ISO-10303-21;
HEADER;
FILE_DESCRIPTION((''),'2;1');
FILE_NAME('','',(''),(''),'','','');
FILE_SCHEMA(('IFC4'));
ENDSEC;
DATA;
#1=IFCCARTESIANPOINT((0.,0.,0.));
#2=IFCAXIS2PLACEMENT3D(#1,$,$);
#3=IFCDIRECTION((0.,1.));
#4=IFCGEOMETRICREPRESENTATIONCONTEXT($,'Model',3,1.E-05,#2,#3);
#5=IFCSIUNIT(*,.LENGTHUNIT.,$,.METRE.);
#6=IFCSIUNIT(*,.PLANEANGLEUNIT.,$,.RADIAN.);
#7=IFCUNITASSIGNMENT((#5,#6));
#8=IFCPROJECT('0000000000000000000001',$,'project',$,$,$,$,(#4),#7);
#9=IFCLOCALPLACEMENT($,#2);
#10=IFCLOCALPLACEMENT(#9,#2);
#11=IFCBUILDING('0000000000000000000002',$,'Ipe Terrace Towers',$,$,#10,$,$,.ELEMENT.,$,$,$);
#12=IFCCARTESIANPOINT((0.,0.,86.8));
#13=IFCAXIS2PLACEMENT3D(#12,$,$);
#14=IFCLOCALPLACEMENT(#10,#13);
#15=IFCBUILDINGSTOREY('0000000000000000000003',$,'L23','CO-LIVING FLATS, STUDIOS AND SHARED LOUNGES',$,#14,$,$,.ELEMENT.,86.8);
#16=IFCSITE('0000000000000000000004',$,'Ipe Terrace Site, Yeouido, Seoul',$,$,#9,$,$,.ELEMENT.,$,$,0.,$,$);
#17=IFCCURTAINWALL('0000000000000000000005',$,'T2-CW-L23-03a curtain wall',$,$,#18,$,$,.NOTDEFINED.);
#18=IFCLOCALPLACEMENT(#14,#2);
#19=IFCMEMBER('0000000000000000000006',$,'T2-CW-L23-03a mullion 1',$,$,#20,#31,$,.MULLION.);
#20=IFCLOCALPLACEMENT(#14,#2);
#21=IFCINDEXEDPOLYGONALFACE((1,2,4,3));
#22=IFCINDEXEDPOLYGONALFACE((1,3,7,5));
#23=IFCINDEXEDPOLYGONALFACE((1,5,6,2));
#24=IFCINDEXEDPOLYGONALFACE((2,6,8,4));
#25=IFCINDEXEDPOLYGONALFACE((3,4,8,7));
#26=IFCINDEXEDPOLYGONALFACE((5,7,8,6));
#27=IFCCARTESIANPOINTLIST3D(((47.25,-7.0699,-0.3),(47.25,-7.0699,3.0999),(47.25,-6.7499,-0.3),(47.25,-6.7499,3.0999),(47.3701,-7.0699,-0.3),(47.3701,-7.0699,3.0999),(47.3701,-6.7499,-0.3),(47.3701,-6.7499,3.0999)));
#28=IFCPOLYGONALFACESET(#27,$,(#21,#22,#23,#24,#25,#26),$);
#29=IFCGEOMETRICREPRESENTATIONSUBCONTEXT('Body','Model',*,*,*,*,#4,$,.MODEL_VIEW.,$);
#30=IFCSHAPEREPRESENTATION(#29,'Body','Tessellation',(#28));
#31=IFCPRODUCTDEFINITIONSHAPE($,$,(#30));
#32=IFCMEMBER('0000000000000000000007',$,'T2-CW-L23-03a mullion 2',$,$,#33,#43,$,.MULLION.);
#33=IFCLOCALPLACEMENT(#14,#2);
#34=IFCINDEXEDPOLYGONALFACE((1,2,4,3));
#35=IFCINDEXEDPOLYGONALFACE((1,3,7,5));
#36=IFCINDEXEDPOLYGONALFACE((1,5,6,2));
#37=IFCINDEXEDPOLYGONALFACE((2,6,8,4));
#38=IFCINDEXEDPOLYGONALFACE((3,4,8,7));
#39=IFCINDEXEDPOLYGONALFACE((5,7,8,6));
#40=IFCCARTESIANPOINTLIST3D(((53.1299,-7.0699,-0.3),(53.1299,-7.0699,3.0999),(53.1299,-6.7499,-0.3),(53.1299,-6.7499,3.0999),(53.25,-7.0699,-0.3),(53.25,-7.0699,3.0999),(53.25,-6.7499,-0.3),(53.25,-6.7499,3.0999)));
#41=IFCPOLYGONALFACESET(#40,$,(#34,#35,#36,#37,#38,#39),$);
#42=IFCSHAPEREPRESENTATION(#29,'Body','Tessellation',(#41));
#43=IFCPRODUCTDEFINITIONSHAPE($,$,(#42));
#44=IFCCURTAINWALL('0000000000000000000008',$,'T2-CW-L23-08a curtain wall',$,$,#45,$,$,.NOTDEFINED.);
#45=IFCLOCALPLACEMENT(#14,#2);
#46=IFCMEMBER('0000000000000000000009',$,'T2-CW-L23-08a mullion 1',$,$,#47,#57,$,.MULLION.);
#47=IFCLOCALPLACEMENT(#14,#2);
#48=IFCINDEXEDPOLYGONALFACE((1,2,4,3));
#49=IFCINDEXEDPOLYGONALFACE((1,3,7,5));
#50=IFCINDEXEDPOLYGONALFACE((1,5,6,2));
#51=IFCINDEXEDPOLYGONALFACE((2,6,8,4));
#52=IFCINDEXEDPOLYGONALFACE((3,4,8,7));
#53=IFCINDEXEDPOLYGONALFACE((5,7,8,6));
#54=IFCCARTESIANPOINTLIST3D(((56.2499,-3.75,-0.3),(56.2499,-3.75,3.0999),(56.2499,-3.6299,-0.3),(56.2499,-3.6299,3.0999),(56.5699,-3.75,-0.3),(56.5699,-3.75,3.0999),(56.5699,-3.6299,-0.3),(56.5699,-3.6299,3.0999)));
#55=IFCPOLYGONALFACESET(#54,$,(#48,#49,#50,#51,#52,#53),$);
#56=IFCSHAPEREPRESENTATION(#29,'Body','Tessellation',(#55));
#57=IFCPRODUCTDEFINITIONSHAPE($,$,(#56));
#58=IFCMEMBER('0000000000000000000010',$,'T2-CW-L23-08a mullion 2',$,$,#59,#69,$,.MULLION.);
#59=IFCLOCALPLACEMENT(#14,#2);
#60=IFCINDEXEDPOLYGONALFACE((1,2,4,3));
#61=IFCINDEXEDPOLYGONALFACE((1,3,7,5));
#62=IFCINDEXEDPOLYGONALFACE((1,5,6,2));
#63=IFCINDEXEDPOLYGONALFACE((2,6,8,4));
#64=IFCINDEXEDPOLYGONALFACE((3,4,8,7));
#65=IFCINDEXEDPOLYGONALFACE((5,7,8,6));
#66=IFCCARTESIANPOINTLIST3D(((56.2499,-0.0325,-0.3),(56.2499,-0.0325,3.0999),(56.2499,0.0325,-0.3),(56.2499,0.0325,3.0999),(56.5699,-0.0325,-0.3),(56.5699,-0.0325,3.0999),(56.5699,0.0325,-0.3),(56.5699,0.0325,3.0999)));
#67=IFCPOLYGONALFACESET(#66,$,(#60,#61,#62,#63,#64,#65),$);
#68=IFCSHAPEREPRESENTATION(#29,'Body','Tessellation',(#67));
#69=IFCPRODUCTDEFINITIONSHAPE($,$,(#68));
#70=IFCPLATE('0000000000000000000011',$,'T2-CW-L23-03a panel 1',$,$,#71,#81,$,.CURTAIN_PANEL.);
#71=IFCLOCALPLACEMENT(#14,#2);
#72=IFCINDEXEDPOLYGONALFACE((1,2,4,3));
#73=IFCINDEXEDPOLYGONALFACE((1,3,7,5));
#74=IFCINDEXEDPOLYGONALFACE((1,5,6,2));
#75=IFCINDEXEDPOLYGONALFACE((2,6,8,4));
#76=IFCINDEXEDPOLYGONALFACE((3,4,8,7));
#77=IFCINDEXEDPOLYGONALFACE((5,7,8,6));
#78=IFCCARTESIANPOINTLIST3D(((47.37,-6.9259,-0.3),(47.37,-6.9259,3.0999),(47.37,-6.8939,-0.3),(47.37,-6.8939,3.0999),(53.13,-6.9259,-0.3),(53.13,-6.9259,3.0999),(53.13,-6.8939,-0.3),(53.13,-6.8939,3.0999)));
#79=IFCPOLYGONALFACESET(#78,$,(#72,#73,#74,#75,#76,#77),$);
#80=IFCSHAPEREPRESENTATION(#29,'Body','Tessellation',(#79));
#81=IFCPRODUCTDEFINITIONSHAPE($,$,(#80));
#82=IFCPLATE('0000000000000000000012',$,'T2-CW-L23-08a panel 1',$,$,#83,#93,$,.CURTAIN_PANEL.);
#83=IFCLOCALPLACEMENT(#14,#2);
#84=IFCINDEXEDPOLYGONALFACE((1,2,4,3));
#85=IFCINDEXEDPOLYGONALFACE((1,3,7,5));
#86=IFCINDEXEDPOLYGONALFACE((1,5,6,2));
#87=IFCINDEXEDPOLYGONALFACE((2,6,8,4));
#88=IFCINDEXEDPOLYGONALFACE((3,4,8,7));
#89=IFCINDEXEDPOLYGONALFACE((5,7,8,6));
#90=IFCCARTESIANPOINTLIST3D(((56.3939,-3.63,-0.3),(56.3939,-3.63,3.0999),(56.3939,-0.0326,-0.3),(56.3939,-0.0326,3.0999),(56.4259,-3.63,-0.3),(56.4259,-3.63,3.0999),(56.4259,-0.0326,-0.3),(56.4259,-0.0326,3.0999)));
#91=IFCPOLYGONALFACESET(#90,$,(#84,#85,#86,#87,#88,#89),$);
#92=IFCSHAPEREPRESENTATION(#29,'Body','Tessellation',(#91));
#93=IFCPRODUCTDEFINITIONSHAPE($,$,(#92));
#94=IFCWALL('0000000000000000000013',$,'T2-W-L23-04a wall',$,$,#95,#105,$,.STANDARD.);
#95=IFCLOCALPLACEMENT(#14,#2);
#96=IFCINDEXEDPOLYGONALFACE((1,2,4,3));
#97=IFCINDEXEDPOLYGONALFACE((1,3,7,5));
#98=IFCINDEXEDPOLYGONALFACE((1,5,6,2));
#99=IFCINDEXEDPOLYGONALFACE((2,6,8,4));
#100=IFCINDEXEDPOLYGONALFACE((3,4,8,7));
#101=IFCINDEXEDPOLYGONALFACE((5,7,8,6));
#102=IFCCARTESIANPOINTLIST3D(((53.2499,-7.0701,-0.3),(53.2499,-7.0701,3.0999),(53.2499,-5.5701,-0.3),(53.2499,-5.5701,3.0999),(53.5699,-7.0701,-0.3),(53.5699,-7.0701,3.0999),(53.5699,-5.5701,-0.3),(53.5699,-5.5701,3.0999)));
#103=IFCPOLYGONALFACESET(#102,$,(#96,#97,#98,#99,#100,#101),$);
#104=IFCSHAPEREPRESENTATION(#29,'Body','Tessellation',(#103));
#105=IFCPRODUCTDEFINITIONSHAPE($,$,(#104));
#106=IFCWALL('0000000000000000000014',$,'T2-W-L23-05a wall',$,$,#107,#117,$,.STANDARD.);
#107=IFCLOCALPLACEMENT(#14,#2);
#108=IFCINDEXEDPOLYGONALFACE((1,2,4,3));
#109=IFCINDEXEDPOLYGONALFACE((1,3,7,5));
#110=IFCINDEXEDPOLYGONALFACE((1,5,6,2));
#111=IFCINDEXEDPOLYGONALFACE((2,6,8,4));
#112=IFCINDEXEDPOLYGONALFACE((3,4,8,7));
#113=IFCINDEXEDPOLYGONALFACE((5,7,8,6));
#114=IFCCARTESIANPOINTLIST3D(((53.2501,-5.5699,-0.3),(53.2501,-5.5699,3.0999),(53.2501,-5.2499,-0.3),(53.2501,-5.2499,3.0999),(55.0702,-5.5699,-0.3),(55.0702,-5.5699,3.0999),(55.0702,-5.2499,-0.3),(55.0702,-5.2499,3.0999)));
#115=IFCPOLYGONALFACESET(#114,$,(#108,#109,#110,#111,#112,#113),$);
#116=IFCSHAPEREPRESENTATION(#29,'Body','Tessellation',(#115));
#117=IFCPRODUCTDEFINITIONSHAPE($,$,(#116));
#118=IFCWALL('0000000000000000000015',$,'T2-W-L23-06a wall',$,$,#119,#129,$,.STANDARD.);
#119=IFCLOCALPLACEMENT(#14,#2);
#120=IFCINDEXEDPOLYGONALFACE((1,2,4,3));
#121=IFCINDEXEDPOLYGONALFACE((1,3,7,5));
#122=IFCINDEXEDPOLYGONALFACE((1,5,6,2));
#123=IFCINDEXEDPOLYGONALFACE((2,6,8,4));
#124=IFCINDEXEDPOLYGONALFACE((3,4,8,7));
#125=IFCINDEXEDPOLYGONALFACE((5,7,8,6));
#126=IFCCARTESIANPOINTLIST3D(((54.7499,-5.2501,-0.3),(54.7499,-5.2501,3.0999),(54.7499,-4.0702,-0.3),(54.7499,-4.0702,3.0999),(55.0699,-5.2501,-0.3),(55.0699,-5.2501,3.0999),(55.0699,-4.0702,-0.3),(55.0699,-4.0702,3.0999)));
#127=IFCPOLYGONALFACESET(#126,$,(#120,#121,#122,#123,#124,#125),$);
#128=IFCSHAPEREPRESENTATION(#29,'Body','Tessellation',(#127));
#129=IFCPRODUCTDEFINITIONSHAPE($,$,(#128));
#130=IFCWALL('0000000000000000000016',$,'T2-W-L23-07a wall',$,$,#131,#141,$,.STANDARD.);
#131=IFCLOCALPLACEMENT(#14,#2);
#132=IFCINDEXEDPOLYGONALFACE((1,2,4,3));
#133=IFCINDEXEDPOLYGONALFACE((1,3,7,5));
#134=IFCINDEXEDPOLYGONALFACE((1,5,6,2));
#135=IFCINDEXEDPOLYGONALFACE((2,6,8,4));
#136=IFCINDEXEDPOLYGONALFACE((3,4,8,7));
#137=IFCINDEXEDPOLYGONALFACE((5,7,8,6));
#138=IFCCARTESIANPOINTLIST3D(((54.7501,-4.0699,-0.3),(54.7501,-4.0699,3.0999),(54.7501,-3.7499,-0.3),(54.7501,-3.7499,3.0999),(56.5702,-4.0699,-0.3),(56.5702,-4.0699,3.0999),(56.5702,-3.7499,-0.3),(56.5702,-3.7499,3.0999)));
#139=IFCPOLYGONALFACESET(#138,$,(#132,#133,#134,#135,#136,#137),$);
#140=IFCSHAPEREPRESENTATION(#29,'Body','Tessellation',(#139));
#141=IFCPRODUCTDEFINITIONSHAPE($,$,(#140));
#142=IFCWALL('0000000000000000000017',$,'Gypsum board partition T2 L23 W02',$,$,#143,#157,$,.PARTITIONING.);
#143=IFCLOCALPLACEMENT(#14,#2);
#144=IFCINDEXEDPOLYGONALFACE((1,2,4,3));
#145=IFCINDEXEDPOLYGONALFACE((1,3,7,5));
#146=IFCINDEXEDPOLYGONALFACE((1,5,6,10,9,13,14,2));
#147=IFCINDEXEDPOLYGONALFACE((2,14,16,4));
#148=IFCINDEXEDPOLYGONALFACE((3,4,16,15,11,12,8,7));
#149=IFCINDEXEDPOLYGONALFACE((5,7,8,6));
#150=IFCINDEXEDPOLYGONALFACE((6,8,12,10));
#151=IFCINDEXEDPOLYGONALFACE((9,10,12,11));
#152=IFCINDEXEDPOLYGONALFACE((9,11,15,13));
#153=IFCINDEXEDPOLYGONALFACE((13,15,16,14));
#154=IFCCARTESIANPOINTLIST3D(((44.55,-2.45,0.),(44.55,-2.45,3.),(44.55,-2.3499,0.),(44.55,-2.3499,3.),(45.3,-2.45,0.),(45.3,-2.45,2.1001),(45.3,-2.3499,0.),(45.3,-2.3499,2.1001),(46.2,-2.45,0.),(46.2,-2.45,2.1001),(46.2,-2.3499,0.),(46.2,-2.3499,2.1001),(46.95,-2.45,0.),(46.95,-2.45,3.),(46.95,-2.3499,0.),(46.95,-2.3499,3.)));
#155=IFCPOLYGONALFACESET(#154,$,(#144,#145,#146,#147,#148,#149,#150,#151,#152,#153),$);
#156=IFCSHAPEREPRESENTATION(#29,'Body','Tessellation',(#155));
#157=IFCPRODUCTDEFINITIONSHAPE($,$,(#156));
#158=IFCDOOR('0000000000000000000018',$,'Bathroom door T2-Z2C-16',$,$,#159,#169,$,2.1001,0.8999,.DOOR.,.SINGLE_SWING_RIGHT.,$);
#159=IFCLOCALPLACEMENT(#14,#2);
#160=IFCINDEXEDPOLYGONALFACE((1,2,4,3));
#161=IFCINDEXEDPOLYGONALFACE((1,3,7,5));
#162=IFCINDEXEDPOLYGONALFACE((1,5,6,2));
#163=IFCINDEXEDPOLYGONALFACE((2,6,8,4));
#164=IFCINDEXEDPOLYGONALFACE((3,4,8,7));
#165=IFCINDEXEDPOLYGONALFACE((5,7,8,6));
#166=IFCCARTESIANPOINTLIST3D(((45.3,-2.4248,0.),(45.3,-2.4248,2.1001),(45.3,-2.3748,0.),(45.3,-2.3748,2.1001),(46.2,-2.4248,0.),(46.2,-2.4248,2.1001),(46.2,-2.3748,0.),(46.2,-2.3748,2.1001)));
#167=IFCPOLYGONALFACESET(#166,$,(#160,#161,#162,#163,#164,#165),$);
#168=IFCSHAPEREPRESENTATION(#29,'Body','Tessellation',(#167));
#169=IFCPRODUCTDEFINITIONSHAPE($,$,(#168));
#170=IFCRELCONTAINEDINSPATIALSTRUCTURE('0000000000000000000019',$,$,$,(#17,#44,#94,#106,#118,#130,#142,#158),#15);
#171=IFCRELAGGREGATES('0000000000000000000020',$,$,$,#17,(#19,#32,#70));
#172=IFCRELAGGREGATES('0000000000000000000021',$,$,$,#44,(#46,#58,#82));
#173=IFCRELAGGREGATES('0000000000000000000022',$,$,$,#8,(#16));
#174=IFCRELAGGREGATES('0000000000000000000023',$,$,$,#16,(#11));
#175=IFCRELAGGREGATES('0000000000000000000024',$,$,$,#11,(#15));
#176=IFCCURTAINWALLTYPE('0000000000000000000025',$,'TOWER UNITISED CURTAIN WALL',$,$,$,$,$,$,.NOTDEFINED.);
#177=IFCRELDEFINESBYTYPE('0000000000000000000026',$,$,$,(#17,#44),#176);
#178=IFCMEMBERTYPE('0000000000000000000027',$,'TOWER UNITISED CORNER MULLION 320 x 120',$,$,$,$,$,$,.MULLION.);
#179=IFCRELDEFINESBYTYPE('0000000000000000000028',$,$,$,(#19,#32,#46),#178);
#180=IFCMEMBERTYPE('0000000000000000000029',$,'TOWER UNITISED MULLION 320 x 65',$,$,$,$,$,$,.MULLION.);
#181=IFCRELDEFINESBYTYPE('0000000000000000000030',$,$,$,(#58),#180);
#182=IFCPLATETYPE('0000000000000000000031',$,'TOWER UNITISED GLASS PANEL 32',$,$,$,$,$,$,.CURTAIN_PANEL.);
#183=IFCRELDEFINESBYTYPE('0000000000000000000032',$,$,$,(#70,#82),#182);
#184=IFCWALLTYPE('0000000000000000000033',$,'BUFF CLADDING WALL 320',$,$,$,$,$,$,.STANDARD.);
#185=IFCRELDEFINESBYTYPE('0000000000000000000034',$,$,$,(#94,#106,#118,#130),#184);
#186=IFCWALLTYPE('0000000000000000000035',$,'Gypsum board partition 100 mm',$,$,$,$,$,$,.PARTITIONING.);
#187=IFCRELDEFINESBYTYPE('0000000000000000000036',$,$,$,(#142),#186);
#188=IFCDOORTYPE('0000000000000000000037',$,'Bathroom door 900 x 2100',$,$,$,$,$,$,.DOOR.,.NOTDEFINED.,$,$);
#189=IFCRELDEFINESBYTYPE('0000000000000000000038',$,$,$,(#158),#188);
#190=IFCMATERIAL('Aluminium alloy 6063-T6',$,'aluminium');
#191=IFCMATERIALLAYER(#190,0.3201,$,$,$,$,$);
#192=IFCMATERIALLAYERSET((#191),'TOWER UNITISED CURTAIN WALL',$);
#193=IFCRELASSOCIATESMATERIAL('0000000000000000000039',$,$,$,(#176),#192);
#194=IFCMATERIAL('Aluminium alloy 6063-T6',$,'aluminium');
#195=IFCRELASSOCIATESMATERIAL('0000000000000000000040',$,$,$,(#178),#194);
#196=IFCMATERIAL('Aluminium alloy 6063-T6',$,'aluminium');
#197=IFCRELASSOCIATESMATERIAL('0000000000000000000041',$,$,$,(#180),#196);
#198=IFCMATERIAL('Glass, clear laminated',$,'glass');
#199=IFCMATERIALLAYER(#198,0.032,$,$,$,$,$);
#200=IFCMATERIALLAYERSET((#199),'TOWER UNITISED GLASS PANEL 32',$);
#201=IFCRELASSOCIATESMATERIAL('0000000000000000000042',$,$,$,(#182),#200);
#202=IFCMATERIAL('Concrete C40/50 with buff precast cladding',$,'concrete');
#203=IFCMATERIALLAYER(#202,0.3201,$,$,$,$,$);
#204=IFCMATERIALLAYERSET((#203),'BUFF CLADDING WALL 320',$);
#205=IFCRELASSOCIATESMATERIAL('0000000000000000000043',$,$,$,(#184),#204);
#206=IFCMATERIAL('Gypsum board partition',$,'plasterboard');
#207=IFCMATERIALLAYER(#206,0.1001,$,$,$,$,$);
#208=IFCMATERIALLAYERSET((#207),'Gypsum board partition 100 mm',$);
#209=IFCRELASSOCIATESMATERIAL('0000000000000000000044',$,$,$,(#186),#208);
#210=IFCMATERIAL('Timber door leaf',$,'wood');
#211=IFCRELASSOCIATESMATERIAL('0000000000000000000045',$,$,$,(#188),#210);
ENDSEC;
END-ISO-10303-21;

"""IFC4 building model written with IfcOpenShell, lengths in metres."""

from ifc_helpers import new_model, si_unit, direction, frame, frame_2d, origin, origin_2d, place, context, subcontext, project, spatial, rectangle, extrude, material, layer, layer_set, material_profile, profile_set, type_object, element, fill, aggregate, save


model = new_model("IFC4")

# Units and contexts
model_context = context("Model", 3, precision=1e-05, world=origin(), true_north=direction((0.0, 1.0)))
body_context = subcontext(model_context, "Body", "Model", "MODEL_VIEW")
ifc_project = project(units=[si_unit("LENGTHUNIT", "METRE"), si_unit("PLANEANGLEUNIT", "RADIAN")], contexts=[model_context])

# Site, building, storey
site_placement = place(None, origin())
site = spatial("IfcSite", under=ifc_project, at=site_placement, Name="Ipe Terrace Site, Yeouido, Seoul", CompositionType="ELEMENT", RefElevation=0.0)
building_placement = place(site_placement, origin())
building = spatial("IfcBuilding", under=site, at=building_placement, Name="Ipe Terrace Towers", CompositionType="ELEMENT")
storey_placement = place(building_placement, frame((0.0, 0.0, 86.8)))
storey = spatial("IfcBuildingStorey", under=building, at=storey_placement, Name="L23", Description="CO-LIVING FLATS, STUDIOS AND SHARED LOUNGES", CompositionType="ELEMENT", Elevation=86.8)

# Shared definitions
ifc_material_1 = material(Name="Aluminium alloy 6063-T6", Category="aluminium")
ifc_layer_1 = layer(ifc_material_1, 0.3201)
ifc_layer_set_1 = layer_set([ifc_layer_1], Name="TOWER UNITISED CURTAIN WALL")
curtain_wall_type = type_object("IfcCurtainWallType", Name="TOWER UNITISED CURTAIN WALL", PredefinedType="NOTDEFINED", material=ifc_layer_set_1)
ifc_material_2 = material(Name="Aluminium alloy 6063-T6", Category="aluminium")
ifc_material_profile_1 = material_profile(ifc_material_2, rectangle(XDim=0.3201, YDim=0.1201, at=origin_2d()), Name="TOWER UNITISED CORNER MULLION 320 x 120")
ifc_profile_set_1 = profile_set([ifc_material_profile_1], Name="Aluminium alloy 6063-T6")
member_type_1 = type_object("IfcMemberType", Name="TOWER UNITISED CORNER MULLION 320 x 120", PredefinedType="MULLION", material=ifc_profile_set_1)

# Curtain walls, members
curtain_wall_1_placement = place(storey_placement, origin())
curtain_wall_1 = element("IfcCurtainWall", 1, at=curtain_wall_1_placement, inside=storey, type_object=curtain_wall_type, Name="T2-CW-L23-03a curtain wall", PredefinedType="NOTDEFINED")
member_1_placement = place(storey_placement, frame((47.3101, -6.9099, -0.3), z_axis=(0.0, 0.0, 1.0), x_axis=(0.0, -1.0, 0.0)))
member_1 = element("IfcMember", 2, at=member_1_placement, type_object=member_type_1, Name="T2-CW-L23-03a mullion 1", PredefinedType="MULLION", context=body_context, shape_type="SweptSolid", body=[
    extrude(rectangle(XDim=0.3201, YDim=0.1201, at=origin_2d()), origin(), (0.0, 0.0, 1.0), 3.3999),
])
member_2_placement = place(storey_placement, frame((53.1899, -6.9099, -0.3), z_axis=(0.0, 0.0, 1.0), x_axis=(0.0, -1.0, 0.0)))
member_2 = element("IfcMember", 3, at=member_2_placement, type_object=member_type_1, Name="T2-CW-L23-03a mullion 2", PredefinedType="MULLION", context=body_context, shape_type="SweptSolid", body=[
    extrude(rectangle(XDim=0.3201, YDim=0.1201, at=origin_2d()), origin(), (0.0, 0.0, 1.0), 3.3999),
])
curtain_wall_2_placement = place(storey_placement, origin())
curtain_wall_2 = element("IfcCurtainWall", 4, at=curtain_wall_2_placement, inside=storey, type_object=curtain_wall_type, Name="T2-CW-L23-08a curtain wall", PredefinedType="NOTDEFINED")
member_3_placement = place(storey_placement, frame((56.4099, -3.6899, -0.3), z_axis=(0.0, 0.0, 1.0), x_axis=(1.0, 0.0, 0.0)))
member_3 = element("IfcMember", 5, at=member_3_placement, type_object=member_type_1, Name="T2-CW-L23-08a mullion 1", PredefinedType="MULLION", context=body_context, shape_type="SweptSolid", body=[
    extrude(rectangle(XDim=0.3201, YDim=0.1201, at=origin_2d()), origin(), (0.0, 0.0, 1.0), 3.3999),
])
ifc_material_3 = material(Name="Aluminium alloy 6063-T6", Category="aluminium")
ifc_material_profile_2 = material_profile(ifc_material_3, rectangle(XDim=0.3201, YDim=0.0649, at=origin_2d()), Name="TOWER UNITISED MULLION 320 x 65")
ifc_profile_set_2 = profile_set([ifc_material_profile_2], Name="Aluminium alloy 6063-T6")
member_type_2 = type_object("IfcMemberType", Name="TOWER UNITISED MULLION 320 x 65", PredefinedType="MULLION", material=ifc_profile_set_2)
member_4_placement = place(storey_placement, frame((56.4099, 0.0, -0.3), z_axis=(0.0, 0.0, 1.0), x_axis=(1.0, 0.0, 0.0)))
member_4 = element("IfcMember", 6, at=member_4_placement, type_object=member_type_2, Name="T2-CW-L23-08a mullion 2", PredefinedType="MULLION", context=body_context, shape_type="SweptSolid", body=[
    extrude(rectangle(XDim=0.3201, YDim=0.0649, at=origin_2d()), origin(), (0.0, 0.0, 1.0), 3.3999),
])

# Plates
ifc_material_4 = material(Name="Glass, clear laminated", Category="glass")
ifc_layer_2 = layer(ifc_material_4, 0.032)
ifc_layer_set_2 = layer_set([ifc_layer_2], Name="TOWER UNITISED GLASS PANEL 32")
plate_type = type_object("IfcPlateType", Name="TOWER UNITISED GLASS PANEL 32", PredefinedType="CURTAIN_PANEL", material=ifc_layer_set_2)
plate_1_placement = place(storey_placement, frame((50.25, -6.9099, -0.3), z_axis=(0.0, 0.0, 1.0), x_axis=(1.0, 0.0, 0.0)))
plate_1 = element("IfcPlate", 7, at=plate_1_placement, type_object=plate_type, Name="T2-CW-L23-03a panel 1", PredefinedType="CURTAIN_PANEL", context=body_context, shape_type="SweptSolid", body=[
    extrude(rectangle(XDim=5.76, YDim=0.032, at=origin_2d()), origin(), (0.0, 0.0, 1.0), 3.3999),
])
aggregate(curtain_wall_1, [member_1, member_2, plate_1])
plate_2_placement = place(storey_placement, frame((56.4099, -1.8313, -0.3), z_axis=(0.0, 0.0, 1.0), x_axis=(0.0, 1.0, 0.0)))
plate_2 = element("IfcPlate", 8, at=plate_2_placement, type_object=plate_type, Name="T2-CW-L23-08a panel 1", PredefinedType="CURTAIN_PANEL", context=body_context, shape_type="SweptSolid", body=[
    extrude(rectangle(XDim=3.5974, YDim=0.032, at=origin_2d()), origin(), (0.0, 0.0, 1.0), 3.3999),
])
aggregate(curtain_wall_2, [member_3, member_4, plate_2])

# Walls
ifc_material_5 = material(Name="Concrete C40/50 with buff precast cladding", Category="concrete")
ifc_layer_3 = layer(ifc_material_5, 0.3201)
ifc_layer_set_3 = layer_set([ifc_layer_3], Name="BUFF CLADDING WALL 320")
wall_type_1 = type_object("IfcWallType", Name="BUFF CLADDING WALL 320", PredefinedType="STANDARD", material=ifc_layer_set_3)
wall_1_placement = place(storey_placement, frame((53.4099, -7.0701, -0.3), z_axis=(0.0, 0.0, 1.0), x_axis=(0.0, 1.0, 0.0)))
element("IfcWall", 9, at=wall_1_placement, inside=storey, type_object=wall_type_1, Name="T2-W-L23-04a wall", PredefinedType="STANDARD", context=body_context, shape_type="SweptSolid", body=[
    extrude(rectangle(XDim=1.5, YDim=0.3201, at=frame_2d((0.75, 0.0))), origin(), (0.0, 0.0, 1.0), 3.3999),
])
wall_2_placement = place(storey_placement, frame((53.25, -5.4099, -0.3), z_axis=(0.0, 0.0, 1.0), x_axis=(1.0, 0.0, 0.0)))
element("IfcWall", 10, at=wall_2_placement, inside=storey, type_object=wall_type_1, Name="T2-W-L23-05a wall", PredefinedType="STANDARD", context=body_context, shape_type="SweptSolid", body=[
    extrude(rectangle(XDim=1.8201, YDim=0.3201, at=frame_2d((0.9102, 0.0))), origin(), (0.0, 0.0, 1.0), 3.3999),
])
wall_3_placement = place(storey_placement, frame((54.9099, -5.25, -0.3), z_axis=(0.0, 0.0, 1.0), x_axis=(0.0, 1.0, 0.0)))
element("IfcWall", 11, at=wall_3_placement, inside=storey, type_object=wall_type_1, Name="T2-W-L23-06a wall", PredefinedType="STANDARD", context=body_context, shape_type="SweptSolid", body=[
    extrude(rectangle(XDim=1.1799, YDim=0.3201, at=frame_2d((0.5898, 0.0))), origin(), (0.0, 0.0, 1.0), 3.3999),
])
wall_4_placement = place(storey_placement, frame((54.75, -3.9099, -0.3), z_axis=(0.0, 0.0, 1.0), x_axis=(1.0, 0.0, 0.0)))
element("IfcWall", 12, at=wall_4_placement, inside=storey, type_object=wall_type_1, Name="T2-W-L23-07a wall", PredefinedType="STANDARD", context=body_context, shape_type="SweptSolid", body=[
    extrude(rectangle(XDim=1.8201, YDim=0.3201, at=frame_2d((0.9102, 0.0))), origin(), (0.0, 0.0, 1.0), 3.3999),
])

# Wall, opening, door
ifc_material_6 = material(Name="Gypsum board partition", Category="plasterboard")
ifc_layer_4 = layer(ifc_material_6, 0.1001)
ifc_layer_set_4 = layer_set([ifc_layer_4], Name="Gypsum board partition 100 mm")
wall_type_2 = type_object("IfcWallType", Name="Gypsum board partition 100 mm", PredefinedType="PARTITIONING", material=ifc_layer_set_4)
wall_5_placement = place(storey_placement, frame((46.95, -2.3999, 0.0), z_axis=(0.0, 0.0, 1.0), x_axis=(-1.0, 0.0, 0.0)))
wall_5 = element("IfcWall", 13, at=wall_5_placement, inside=storey, type_object=wall_type_2, Name="Gypsum board partition T2 L23 W02", PredefinedType="PARTITIONING", context=body_context, shape_type="SweptSolid", body=[
    extrude(rectangle(XDim=2.3999, YDim=0.1001, at=frame_2d((1.2, 0.0))), origin(), (0.0, 0.0, 1.0), 3.0),
])
opening_1_placement = place(wall_5_placement, frame((0.75, 0.0, 0.0)))
opening_1 = element("IfcOpeningElement", 14, at=opening_1_placement, cuts=wall_5, PredefinedType="OPENING", context=body_context, shape_type="SweptSolid", body=[
    extrude(rectangle(XDim=0.8999, YDim=2.1001, at=frame_2d((0.45, 1.05))), frame((0.0, 0.0601, 0.0), z_axis=(0.0, -1.0, 0.0), x_axis=(1.0, 0.0, 0.0)), (0.0, 0.0, 1.0), 0.1201),
])
ifc_material_7 = material(Name="Timber door leaf", Category="wood")
door_type_1 = type_object("IfcDoorType", Name="Bathroom door 900 x 2100", OperationType="NOTDEFINED", PredefinedType="DOOR", material=ifc_material_7)
door_1_placement = place(opening_1_placement, origin())
door_1 = element("IfcDoor", 15, at=door_1_placement, inside=storey, type_object=door_type_1, Name="Bathroom door T2-Z2C-16", OperationType="SINGLE_SWING_RIGHT", OverallHeight=2.1001, OverallWidth=0.8999, PredefinedType="DOOR", context=body_context, shape_type="SweptSolid", body=[
    extrude(rectangle(XDim=0.8999, YDim=2.1001, at=frame_2d((0.45, 1.05))), frame((0.0, 0.0249, 0.0), z_axis=(0.0, -1.0, 0.0), x_axis=(1.0, 0.0, 0.0)), (0.0, 0.0, 1.0), 0.05),
])
fill(opening_1, door_1)

save(model, "model.ifc")
